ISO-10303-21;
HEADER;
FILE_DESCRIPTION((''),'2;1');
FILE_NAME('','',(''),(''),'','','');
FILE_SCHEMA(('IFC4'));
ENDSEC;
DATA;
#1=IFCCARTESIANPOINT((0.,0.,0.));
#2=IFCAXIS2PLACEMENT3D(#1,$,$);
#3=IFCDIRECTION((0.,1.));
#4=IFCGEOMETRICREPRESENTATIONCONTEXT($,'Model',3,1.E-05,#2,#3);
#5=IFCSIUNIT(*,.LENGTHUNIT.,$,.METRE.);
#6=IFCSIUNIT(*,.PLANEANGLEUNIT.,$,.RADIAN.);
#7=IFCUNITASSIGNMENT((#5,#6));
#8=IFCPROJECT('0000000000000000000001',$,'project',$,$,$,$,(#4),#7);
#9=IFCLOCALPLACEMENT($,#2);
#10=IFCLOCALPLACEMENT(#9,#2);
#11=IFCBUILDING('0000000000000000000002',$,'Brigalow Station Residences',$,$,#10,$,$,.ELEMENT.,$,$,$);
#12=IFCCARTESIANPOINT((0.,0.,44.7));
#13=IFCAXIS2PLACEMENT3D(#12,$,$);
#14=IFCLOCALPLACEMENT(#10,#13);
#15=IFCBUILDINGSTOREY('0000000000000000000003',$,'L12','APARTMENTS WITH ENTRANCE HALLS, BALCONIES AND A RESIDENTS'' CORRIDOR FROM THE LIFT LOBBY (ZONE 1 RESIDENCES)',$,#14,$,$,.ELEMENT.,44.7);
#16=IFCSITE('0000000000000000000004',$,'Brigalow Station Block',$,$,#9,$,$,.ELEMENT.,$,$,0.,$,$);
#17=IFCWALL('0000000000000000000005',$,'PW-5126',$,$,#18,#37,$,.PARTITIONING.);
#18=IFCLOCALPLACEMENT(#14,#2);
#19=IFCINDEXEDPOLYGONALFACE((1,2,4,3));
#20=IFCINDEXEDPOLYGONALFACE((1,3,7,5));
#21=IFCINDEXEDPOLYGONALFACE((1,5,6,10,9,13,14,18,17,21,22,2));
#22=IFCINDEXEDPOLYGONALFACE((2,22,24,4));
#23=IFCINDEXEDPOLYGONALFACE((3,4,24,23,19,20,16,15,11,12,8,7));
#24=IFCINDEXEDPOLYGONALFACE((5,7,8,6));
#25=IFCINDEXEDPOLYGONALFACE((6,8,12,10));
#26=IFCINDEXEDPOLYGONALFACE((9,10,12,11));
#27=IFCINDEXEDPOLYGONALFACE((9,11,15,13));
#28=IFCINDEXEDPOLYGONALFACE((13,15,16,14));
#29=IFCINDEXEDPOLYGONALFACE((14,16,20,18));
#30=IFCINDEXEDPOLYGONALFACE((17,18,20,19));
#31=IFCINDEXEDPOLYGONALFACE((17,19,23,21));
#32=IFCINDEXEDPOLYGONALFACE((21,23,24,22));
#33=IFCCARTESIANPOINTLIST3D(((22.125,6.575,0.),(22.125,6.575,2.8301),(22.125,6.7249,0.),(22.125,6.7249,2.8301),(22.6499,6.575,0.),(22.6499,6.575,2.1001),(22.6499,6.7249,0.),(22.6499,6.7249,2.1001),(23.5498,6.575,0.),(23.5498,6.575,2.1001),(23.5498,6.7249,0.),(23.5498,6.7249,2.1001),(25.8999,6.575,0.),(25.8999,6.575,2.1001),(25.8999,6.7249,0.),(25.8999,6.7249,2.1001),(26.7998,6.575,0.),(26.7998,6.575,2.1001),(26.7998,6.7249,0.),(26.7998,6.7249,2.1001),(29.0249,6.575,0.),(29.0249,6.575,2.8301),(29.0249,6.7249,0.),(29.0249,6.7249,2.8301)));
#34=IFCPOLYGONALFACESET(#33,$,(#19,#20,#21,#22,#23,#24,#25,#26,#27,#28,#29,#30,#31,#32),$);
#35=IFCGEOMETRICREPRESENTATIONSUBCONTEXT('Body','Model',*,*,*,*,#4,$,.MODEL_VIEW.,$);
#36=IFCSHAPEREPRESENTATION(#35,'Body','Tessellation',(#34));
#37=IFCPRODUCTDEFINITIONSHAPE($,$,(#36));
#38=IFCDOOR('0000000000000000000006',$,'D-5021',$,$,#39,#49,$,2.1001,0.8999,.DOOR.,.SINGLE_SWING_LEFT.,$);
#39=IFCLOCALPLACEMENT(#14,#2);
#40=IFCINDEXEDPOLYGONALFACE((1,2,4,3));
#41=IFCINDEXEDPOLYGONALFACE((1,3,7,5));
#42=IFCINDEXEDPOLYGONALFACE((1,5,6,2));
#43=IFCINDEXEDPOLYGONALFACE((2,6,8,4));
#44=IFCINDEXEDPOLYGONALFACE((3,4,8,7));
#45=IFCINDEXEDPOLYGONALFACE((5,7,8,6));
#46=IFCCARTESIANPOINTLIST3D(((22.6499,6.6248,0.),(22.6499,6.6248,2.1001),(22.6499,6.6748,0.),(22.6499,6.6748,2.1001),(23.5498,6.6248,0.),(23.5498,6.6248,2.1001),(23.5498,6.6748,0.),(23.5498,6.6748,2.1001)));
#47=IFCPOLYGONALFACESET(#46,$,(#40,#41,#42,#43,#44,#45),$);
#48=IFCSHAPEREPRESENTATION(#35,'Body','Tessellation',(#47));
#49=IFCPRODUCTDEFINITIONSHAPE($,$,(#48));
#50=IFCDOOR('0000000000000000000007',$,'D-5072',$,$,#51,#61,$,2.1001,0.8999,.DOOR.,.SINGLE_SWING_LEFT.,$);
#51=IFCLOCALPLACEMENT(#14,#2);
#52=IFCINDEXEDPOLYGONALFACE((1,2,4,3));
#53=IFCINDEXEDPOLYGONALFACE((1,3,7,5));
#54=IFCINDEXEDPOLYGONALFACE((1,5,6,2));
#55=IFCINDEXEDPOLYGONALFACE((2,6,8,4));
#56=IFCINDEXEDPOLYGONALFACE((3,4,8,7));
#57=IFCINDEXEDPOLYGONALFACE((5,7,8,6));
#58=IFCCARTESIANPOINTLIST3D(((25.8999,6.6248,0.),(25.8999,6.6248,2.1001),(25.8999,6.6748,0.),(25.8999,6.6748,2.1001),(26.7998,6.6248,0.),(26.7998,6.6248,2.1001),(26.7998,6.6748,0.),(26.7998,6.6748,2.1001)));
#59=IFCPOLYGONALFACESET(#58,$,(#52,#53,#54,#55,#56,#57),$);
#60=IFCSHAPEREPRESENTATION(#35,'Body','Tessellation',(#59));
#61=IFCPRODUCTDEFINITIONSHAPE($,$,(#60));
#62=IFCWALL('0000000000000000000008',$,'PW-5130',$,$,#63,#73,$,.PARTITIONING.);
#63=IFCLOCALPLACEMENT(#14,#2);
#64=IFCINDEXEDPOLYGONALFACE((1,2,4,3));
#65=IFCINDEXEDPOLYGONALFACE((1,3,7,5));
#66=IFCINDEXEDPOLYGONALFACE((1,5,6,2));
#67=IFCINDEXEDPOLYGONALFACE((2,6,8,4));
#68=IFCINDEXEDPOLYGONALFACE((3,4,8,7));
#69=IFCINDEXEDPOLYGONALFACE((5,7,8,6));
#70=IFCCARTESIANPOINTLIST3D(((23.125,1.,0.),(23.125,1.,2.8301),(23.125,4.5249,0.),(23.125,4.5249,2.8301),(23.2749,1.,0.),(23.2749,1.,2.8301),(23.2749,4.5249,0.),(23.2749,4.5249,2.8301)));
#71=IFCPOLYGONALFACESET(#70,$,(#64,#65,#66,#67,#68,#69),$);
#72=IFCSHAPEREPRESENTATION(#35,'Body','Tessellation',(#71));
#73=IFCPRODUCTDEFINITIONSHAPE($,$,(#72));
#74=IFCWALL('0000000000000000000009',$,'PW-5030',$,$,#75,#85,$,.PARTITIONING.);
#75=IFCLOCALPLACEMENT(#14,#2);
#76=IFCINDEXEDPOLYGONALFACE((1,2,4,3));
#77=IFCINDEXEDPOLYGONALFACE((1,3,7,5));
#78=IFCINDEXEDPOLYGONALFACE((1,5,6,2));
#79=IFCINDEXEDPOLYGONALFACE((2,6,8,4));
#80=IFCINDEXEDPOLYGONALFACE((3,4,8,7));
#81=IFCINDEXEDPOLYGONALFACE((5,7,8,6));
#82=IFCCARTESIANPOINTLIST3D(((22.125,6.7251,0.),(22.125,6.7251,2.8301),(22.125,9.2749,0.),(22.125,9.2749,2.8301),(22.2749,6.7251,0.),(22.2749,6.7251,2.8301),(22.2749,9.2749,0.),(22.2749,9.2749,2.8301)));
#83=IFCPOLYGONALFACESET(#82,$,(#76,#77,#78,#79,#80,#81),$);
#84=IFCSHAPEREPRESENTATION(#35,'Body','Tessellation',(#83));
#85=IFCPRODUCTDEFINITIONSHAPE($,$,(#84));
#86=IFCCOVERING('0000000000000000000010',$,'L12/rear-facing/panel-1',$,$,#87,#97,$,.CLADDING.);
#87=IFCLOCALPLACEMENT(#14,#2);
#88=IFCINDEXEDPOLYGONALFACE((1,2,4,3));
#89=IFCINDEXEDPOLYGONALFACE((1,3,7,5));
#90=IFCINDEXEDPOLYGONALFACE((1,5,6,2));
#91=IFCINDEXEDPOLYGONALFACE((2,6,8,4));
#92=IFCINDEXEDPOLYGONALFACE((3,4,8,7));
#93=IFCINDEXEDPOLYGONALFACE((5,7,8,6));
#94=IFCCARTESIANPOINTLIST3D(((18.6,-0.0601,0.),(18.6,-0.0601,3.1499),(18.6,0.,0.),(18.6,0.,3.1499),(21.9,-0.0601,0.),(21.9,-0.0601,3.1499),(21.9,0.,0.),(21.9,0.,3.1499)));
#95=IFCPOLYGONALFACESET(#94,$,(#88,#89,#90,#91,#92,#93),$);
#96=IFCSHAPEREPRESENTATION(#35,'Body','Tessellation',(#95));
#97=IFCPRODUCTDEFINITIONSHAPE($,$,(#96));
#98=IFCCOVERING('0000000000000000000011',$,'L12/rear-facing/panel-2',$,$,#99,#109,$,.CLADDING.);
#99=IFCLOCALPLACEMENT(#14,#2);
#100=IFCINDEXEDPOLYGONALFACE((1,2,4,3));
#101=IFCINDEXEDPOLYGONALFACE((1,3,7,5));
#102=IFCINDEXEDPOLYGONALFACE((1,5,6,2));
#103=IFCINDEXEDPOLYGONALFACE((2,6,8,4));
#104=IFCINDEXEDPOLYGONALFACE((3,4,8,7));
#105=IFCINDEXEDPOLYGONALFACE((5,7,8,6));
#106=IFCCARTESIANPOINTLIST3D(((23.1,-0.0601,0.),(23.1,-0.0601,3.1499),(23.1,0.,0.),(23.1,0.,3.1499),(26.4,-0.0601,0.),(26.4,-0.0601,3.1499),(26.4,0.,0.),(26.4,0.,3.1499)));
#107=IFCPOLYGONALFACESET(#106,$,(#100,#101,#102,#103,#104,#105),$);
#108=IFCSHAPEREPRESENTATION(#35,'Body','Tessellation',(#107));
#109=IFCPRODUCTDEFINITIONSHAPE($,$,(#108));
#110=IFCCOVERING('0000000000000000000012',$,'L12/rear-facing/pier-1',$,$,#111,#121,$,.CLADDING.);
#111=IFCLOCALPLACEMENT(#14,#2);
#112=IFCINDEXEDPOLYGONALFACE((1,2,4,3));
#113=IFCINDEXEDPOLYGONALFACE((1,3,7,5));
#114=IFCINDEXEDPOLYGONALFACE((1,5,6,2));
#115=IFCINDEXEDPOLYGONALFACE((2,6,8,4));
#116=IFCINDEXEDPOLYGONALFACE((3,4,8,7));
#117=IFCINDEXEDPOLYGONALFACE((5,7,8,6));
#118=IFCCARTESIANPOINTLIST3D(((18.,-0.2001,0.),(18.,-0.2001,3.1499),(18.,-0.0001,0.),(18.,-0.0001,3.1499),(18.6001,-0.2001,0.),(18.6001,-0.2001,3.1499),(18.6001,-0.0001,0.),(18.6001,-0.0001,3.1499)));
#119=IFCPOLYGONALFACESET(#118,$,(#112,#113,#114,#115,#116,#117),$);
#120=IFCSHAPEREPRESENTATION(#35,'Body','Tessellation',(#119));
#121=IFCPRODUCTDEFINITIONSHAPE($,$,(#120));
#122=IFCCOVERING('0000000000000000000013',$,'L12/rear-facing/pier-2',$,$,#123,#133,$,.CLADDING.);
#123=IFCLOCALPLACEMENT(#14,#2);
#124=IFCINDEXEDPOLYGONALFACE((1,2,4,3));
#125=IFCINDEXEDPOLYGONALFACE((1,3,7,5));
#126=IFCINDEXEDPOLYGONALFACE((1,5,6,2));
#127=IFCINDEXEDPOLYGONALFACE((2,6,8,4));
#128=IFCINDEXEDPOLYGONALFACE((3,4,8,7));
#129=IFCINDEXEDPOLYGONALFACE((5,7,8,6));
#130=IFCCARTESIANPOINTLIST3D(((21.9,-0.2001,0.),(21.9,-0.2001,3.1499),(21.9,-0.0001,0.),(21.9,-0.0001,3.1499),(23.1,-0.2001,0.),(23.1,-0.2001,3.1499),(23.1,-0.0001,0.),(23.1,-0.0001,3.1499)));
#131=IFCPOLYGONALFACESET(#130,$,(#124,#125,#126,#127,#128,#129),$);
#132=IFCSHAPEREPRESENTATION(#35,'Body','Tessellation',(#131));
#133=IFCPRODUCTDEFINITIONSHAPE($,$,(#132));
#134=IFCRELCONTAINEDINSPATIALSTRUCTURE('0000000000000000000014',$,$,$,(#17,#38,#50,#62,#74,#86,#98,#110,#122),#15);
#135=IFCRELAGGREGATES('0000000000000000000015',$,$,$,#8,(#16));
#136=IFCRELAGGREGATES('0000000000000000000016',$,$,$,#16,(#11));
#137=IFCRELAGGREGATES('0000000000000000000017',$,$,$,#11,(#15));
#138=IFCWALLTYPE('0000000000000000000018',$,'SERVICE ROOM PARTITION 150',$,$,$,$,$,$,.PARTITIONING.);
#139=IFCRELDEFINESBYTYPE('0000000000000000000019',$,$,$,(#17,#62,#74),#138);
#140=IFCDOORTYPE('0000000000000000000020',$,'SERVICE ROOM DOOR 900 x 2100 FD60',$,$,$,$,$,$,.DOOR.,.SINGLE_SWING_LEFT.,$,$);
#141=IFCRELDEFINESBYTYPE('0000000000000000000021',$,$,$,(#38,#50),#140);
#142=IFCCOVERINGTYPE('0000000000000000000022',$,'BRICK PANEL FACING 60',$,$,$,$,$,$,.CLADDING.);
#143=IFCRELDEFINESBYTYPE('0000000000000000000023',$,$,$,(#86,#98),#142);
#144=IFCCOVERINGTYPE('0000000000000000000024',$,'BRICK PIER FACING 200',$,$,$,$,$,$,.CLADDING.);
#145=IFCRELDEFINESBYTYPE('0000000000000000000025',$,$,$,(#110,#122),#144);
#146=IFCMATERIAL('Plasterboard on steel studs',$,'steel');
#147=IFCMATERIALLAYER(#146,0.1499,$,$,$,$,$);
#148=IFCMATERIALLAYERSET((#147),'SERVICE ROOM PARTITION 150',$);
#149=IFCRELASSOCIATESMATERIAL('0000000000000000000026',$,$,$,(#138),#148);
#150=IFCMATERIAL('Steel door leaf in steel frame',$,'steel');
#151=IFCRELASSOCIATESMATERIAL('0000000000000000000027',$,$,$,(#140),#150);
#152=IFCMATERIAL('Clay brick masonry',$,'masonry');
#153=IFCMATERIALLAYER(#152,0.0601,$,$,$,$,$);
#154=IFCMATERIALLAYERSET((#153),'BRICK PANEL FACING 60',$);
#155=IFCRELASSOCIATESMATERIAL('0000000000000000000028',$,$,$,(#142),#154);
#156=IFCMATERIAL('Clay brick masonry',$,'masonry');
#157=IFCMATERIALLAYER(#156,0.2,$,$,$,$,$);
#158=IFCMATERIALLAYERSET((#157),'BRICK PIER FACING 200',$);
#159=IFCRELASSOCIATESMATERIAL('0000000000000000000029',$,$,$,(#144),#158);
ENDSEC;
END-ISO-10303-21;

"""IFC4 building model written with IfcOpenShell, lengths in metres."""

from ifc_helpers import new_model, si_unit, direction, frame, frame_2d, origin, origin_2d, place, context, subcontext, project, spatial, rectangle, extrude, material, layer, layer_set, type_object, element, fill, save


model = new_model("IFC4")

# Units and contexts
model_context = context("Model", 3, precision=1e-05, world=origin(), true_north=direction((0.0, 1.0)))
body_context = subcontext(model_context, "Body", "Model", "MODEL_VIEW")
ifc_project = project(units=[si_unit("LENGTHUNIT", "METRE"), si_unit("PLANEANGLEUNIT", "RADIAN")], contexts=[model_context])

# Site, building, storey
site_placement = place(None, origin())
site = spatial("IfcSite", under=ifc_project, at=site_placement, Name="Brigalow Station Block", CompositionType="ELEMENT", RefElevation=0.0)
building_placement = place(site_placement, origin())
building = spatial("IfcBuilding", under=site, at=building_placement, Name="Brigalow Station Residences", CompositionType="ELEMENT")
storey_placement = place(building_placement, frame((0.0, 0.0, 44.7)))
storey = spatial("IfcBuildingStorey", under=building, at=storey_placement, Name="L12", Description="APARTMENTS WITH ENTRANCE HALLS, BALCONIES AND A RESIDENTS' CORRIDOR FROM THE LIFT LOBBY (ZONE 1 RESIDENCES)", CompositionType="ELEMENT", Elevation=44.7)

# Wall, openings, doors
ifc_material_1 = material(Name="Plasterboard on steel studs", Category="steel")
ifc_layer_1 = layer(ifc_material_1, 0.1499)
ifc_layer_set_1 = layer_set([ifc_layer_1], Name="SERVICE ROOM PARTITION 150")
wall_type_1 = type_object("IfcWallType", Name="SERVICE ROOM PARTITION 150", PredefinedType="PARTITIONING", material=ifc_layer_set_1)
ifc_material_2 = material(Name="Steel door leaf in steel frame", Category="steel")
door_type = type_object("IfcDoorType", Name="SERVICE ROOM DOOR 900 x 2100 FD60", OperationType="SINGLE_SWING_LEFT", PredefinedType="DOOR", material=ifc_material_2)
wall_1_placement = place(storey_placement, frame((22.125, 6.6499, 0.0), z_axis=(0.0, 0.0, 1.0), x_axis=(1.0, 0.0, 0.0)))
wall_1 = element("IfcWall", 1, at=wall_1_placement, inside=storey, type_object=wall_type_1, Name="PW-5126", PredefinedType="PARTITIONING", context=body_context, shape_type="SweptSolid", body=[
    extrude(rectangle(XDim=6.8999, YDim=0.1499, at=frame_2d((3.45, 0.0))), origin(), (0.0, 0.0, 1.0), 2.8301),
])
opening_1_placement = place(wall_1_placement, frame((0.5249, 0.0, 0.0)))
opening_1 = element("IfcOpeningElement", 2, at=opening_1_placement, cuts=wall_1, PredefinedType="OPENING", context=body_context, shape_type="SweptSolid", body=[
    extrude(rectangle(XDim=0.8999, YDim=2.1001, at=frame_2d((0.45, 1.05))), frame((0.0, 0.085, 0.0), z_axis=(0.0, -1.0, 0.0), x_axis=(1.0, 0.0, 0.0)), (0.0, 0.0, 1.0), 0.1699),
])
opening_2_placement = place(wall_1_placement, frame((3.7749, 0.0, 0.0)))
opening_2 = element("IfcOpeningElement", 3, at=opening_2_placement, cuts=wall_1, PredefinedType="OPENING", context=body_context, shape_type="SweptSolid", body=[
    extrude(rectangle(XDim=0.8999, YDim=2.1001, at=frame_2d((0.45, 1.05))), frame((0.0, 0.085, 0.0), z_axis=(0.0, -1.0, 0.0), x_axis=(1.0, 0.0, 0.0)), (0.0, 0.0, 1.0), 0.1699),
])
door_1_placement = place(opening_1_placement, origin())
door_1 = element("IfcDoor", 4, at=door_1_placement, inside=storey, type_object=door_type, Name="D-5021", OperationType="SINGLE_SWING_LEFT", OverallHeight=2.1001, OverallWidth=0.8999, PredefinedType="DOOR", context=body_context, shape_type="SweptSolid", body=[
    extrude(rectangle(XDim=0.8999, YDim=2.1001, at=frame_2d((0.45, 1.05))), frame((0.0, 0.0249, 0.0), z_axis=(0.0, -1.0, 0.0), x_axis=(1.0, 0.0, 0.0)), (0.0, 0.0, 1.0), 0.05),
])
fill(opening_1, door_1)
door_2_placement = place(opening_2_placement, origin())
door_2 = element("IfcDoor", 5, at=door_2_placement, inside=storey, type_object=door_type, Name="D-5072", OperationType="SINGLE_SWING_LEFT", OverallHeight=2.1001, OverallWidth=0.8999, PredefinedType="DOOR", context=body_context, shape_type="SweptSolid", body=[
    extrude(rectangle(XDim=0.8999, YDim=2.1001, at=frame_2d((0.45, 1.05))), frame((0.0, 0.0249, 0.0), z_axis=(0.0, -1.0, 0.0), x_axis=(1.0, 0.0, 0.0)), (0.0, 0.0, 1.0), 0.05),
])
fill(opening_2, door_2)

# Walls
wall_2_placement = place(storey_placement, frame((23.2, 1.0, 0.0), z_axis=(0.0, 0.0, 1.0), x_axis=(0.0, 1.0, 0.0)))
element("IfcWall", 6, at=wall_2_placement, inside=storey, type_object=wall_type_1, Name="PW-5130", PredefinedType="PARTITIONING", context=body_context, shape_type="SweptSolid", body=[
    extrude(rectangle(XDim=3.5249, YDim=0.1499, at=frame_2d((1.7625, 0.0))), origin(), (0.0, 0.0, 1.0), 2.8301),
])
wall_3_placement = place(storey_placement, frame((22.2, 6.7251, 0.0), z_axis=(0.0, 0.0, 1.0), x_axis=(0.0, 1.0, 0.0)))
element("IfcWall", 7, at=wall_3_placement, inside=storey, type_object=wall_type_1, Name="PW-5030", PredefinedType="PARTITIONING", context=body_context, shape_type="SweptSolid", body=[
    extrude(rectangle(XDim=2.5498, YDim=0.1499, at=frame_2d((1.2749, 0.0))), origin(), (0.0, 0.0, 1.0), 2.8301),
])

# Coverings
ifc_material_3 = material(Name="Clay brick masonry", Category="masonry")
ifc_layer_2 = layer(ifc_material_3, 0.0601)
ifc_layer_set_2 = layer_set([ifc_layer_2], Name="BRICK PANEL FACING 60")
covering_type_1 = type_object("IfcCoveringType", Name="BRICK PANEL FACING 60", PredefinedType="CLADDING", material=ifc_layer_set_2)
for number, where, z_axis, x_axis, name in (
    (8, (20.25, -0.03, 0.0), (0.0, 0.0, 1.0), (1.0, 0.0, 0.0), "L12/rear-facing/panel-1"),
    (9, (24.75, -0.03, 0.0), (0.0, 0.0, 1.0), (1.0, 0.0, 0.0), "L12/rear-facing/panel-2"),
):
    element("IfcCovering", number, at=place(storey_placement, frame(where, z_axis=z_axis, x_axis=x_axis)), inside=storey, type_object=covering_type_1, Name=name, PredefinedType="CLADDING", context=body_context, shape_type="SweptSolid", body=[
        extrude(rectangle(XDim=3.3, YDim=0.0601, at=origin_2d()), origin(), (0.0, 0.0, 1.0), 3.1499),
    ])
ifc_material_4 = material(Name="Clay brick masonry", Category="masonry")
ifc_layer_3 = layer(ifc_material_4, 0.2)
ifc_layer_set_3 = layer_set([ifc_layer_3], Name="BRICK PIER FACING 200")
covering_type_2 = type_object("IfcCoveringType", Name="BRICK PIER FACING 200", PredefinedType="CLADDING", material=ifc_layer_set_3)
covering_1_placement = place(storey_placement, frame((18.3, -0.1001, 0.0), z_axis=(0.0, 0.0, 1.0), x_axis=(1.0, 0.0, 0.0)))
element("IfcCovering", 10, at=covering_1_placement, inside=storey, type_object=covering_type_2, Name="L12/rear-facing/pier-1", PredefinedType="CLADDING", context=body_context, shape_type="SweptSolid", body=[
    extrude(rectangle(XDim=0.6001, YDim=0.2, at=origin_2d()), origin(), (0.0, 0.0, 1.0), 3.1499),
])
covering_2_placement = place(storey_placement, frame((22.5, -0.1001, 0.0), z_axis=(0.0, 0.0, 1.0), x_axis=(1.0, 0.0, 0.0)))
element("IfcCovering", 11, at=covering_2_placement, inside=storey, type_object=covering_type_2, Name="L12/rear-facing/pier-2", PredefinedType="CLADDING", context=body_context, shape_type="SweptSolid", body=[
    extrude(rectangle(XDim=1.2, YDim=0.2, at=origin_2d()), origin(), (0.0, 0.0, 1.0), 3.1499),
])

save(model, "model.ifc")
